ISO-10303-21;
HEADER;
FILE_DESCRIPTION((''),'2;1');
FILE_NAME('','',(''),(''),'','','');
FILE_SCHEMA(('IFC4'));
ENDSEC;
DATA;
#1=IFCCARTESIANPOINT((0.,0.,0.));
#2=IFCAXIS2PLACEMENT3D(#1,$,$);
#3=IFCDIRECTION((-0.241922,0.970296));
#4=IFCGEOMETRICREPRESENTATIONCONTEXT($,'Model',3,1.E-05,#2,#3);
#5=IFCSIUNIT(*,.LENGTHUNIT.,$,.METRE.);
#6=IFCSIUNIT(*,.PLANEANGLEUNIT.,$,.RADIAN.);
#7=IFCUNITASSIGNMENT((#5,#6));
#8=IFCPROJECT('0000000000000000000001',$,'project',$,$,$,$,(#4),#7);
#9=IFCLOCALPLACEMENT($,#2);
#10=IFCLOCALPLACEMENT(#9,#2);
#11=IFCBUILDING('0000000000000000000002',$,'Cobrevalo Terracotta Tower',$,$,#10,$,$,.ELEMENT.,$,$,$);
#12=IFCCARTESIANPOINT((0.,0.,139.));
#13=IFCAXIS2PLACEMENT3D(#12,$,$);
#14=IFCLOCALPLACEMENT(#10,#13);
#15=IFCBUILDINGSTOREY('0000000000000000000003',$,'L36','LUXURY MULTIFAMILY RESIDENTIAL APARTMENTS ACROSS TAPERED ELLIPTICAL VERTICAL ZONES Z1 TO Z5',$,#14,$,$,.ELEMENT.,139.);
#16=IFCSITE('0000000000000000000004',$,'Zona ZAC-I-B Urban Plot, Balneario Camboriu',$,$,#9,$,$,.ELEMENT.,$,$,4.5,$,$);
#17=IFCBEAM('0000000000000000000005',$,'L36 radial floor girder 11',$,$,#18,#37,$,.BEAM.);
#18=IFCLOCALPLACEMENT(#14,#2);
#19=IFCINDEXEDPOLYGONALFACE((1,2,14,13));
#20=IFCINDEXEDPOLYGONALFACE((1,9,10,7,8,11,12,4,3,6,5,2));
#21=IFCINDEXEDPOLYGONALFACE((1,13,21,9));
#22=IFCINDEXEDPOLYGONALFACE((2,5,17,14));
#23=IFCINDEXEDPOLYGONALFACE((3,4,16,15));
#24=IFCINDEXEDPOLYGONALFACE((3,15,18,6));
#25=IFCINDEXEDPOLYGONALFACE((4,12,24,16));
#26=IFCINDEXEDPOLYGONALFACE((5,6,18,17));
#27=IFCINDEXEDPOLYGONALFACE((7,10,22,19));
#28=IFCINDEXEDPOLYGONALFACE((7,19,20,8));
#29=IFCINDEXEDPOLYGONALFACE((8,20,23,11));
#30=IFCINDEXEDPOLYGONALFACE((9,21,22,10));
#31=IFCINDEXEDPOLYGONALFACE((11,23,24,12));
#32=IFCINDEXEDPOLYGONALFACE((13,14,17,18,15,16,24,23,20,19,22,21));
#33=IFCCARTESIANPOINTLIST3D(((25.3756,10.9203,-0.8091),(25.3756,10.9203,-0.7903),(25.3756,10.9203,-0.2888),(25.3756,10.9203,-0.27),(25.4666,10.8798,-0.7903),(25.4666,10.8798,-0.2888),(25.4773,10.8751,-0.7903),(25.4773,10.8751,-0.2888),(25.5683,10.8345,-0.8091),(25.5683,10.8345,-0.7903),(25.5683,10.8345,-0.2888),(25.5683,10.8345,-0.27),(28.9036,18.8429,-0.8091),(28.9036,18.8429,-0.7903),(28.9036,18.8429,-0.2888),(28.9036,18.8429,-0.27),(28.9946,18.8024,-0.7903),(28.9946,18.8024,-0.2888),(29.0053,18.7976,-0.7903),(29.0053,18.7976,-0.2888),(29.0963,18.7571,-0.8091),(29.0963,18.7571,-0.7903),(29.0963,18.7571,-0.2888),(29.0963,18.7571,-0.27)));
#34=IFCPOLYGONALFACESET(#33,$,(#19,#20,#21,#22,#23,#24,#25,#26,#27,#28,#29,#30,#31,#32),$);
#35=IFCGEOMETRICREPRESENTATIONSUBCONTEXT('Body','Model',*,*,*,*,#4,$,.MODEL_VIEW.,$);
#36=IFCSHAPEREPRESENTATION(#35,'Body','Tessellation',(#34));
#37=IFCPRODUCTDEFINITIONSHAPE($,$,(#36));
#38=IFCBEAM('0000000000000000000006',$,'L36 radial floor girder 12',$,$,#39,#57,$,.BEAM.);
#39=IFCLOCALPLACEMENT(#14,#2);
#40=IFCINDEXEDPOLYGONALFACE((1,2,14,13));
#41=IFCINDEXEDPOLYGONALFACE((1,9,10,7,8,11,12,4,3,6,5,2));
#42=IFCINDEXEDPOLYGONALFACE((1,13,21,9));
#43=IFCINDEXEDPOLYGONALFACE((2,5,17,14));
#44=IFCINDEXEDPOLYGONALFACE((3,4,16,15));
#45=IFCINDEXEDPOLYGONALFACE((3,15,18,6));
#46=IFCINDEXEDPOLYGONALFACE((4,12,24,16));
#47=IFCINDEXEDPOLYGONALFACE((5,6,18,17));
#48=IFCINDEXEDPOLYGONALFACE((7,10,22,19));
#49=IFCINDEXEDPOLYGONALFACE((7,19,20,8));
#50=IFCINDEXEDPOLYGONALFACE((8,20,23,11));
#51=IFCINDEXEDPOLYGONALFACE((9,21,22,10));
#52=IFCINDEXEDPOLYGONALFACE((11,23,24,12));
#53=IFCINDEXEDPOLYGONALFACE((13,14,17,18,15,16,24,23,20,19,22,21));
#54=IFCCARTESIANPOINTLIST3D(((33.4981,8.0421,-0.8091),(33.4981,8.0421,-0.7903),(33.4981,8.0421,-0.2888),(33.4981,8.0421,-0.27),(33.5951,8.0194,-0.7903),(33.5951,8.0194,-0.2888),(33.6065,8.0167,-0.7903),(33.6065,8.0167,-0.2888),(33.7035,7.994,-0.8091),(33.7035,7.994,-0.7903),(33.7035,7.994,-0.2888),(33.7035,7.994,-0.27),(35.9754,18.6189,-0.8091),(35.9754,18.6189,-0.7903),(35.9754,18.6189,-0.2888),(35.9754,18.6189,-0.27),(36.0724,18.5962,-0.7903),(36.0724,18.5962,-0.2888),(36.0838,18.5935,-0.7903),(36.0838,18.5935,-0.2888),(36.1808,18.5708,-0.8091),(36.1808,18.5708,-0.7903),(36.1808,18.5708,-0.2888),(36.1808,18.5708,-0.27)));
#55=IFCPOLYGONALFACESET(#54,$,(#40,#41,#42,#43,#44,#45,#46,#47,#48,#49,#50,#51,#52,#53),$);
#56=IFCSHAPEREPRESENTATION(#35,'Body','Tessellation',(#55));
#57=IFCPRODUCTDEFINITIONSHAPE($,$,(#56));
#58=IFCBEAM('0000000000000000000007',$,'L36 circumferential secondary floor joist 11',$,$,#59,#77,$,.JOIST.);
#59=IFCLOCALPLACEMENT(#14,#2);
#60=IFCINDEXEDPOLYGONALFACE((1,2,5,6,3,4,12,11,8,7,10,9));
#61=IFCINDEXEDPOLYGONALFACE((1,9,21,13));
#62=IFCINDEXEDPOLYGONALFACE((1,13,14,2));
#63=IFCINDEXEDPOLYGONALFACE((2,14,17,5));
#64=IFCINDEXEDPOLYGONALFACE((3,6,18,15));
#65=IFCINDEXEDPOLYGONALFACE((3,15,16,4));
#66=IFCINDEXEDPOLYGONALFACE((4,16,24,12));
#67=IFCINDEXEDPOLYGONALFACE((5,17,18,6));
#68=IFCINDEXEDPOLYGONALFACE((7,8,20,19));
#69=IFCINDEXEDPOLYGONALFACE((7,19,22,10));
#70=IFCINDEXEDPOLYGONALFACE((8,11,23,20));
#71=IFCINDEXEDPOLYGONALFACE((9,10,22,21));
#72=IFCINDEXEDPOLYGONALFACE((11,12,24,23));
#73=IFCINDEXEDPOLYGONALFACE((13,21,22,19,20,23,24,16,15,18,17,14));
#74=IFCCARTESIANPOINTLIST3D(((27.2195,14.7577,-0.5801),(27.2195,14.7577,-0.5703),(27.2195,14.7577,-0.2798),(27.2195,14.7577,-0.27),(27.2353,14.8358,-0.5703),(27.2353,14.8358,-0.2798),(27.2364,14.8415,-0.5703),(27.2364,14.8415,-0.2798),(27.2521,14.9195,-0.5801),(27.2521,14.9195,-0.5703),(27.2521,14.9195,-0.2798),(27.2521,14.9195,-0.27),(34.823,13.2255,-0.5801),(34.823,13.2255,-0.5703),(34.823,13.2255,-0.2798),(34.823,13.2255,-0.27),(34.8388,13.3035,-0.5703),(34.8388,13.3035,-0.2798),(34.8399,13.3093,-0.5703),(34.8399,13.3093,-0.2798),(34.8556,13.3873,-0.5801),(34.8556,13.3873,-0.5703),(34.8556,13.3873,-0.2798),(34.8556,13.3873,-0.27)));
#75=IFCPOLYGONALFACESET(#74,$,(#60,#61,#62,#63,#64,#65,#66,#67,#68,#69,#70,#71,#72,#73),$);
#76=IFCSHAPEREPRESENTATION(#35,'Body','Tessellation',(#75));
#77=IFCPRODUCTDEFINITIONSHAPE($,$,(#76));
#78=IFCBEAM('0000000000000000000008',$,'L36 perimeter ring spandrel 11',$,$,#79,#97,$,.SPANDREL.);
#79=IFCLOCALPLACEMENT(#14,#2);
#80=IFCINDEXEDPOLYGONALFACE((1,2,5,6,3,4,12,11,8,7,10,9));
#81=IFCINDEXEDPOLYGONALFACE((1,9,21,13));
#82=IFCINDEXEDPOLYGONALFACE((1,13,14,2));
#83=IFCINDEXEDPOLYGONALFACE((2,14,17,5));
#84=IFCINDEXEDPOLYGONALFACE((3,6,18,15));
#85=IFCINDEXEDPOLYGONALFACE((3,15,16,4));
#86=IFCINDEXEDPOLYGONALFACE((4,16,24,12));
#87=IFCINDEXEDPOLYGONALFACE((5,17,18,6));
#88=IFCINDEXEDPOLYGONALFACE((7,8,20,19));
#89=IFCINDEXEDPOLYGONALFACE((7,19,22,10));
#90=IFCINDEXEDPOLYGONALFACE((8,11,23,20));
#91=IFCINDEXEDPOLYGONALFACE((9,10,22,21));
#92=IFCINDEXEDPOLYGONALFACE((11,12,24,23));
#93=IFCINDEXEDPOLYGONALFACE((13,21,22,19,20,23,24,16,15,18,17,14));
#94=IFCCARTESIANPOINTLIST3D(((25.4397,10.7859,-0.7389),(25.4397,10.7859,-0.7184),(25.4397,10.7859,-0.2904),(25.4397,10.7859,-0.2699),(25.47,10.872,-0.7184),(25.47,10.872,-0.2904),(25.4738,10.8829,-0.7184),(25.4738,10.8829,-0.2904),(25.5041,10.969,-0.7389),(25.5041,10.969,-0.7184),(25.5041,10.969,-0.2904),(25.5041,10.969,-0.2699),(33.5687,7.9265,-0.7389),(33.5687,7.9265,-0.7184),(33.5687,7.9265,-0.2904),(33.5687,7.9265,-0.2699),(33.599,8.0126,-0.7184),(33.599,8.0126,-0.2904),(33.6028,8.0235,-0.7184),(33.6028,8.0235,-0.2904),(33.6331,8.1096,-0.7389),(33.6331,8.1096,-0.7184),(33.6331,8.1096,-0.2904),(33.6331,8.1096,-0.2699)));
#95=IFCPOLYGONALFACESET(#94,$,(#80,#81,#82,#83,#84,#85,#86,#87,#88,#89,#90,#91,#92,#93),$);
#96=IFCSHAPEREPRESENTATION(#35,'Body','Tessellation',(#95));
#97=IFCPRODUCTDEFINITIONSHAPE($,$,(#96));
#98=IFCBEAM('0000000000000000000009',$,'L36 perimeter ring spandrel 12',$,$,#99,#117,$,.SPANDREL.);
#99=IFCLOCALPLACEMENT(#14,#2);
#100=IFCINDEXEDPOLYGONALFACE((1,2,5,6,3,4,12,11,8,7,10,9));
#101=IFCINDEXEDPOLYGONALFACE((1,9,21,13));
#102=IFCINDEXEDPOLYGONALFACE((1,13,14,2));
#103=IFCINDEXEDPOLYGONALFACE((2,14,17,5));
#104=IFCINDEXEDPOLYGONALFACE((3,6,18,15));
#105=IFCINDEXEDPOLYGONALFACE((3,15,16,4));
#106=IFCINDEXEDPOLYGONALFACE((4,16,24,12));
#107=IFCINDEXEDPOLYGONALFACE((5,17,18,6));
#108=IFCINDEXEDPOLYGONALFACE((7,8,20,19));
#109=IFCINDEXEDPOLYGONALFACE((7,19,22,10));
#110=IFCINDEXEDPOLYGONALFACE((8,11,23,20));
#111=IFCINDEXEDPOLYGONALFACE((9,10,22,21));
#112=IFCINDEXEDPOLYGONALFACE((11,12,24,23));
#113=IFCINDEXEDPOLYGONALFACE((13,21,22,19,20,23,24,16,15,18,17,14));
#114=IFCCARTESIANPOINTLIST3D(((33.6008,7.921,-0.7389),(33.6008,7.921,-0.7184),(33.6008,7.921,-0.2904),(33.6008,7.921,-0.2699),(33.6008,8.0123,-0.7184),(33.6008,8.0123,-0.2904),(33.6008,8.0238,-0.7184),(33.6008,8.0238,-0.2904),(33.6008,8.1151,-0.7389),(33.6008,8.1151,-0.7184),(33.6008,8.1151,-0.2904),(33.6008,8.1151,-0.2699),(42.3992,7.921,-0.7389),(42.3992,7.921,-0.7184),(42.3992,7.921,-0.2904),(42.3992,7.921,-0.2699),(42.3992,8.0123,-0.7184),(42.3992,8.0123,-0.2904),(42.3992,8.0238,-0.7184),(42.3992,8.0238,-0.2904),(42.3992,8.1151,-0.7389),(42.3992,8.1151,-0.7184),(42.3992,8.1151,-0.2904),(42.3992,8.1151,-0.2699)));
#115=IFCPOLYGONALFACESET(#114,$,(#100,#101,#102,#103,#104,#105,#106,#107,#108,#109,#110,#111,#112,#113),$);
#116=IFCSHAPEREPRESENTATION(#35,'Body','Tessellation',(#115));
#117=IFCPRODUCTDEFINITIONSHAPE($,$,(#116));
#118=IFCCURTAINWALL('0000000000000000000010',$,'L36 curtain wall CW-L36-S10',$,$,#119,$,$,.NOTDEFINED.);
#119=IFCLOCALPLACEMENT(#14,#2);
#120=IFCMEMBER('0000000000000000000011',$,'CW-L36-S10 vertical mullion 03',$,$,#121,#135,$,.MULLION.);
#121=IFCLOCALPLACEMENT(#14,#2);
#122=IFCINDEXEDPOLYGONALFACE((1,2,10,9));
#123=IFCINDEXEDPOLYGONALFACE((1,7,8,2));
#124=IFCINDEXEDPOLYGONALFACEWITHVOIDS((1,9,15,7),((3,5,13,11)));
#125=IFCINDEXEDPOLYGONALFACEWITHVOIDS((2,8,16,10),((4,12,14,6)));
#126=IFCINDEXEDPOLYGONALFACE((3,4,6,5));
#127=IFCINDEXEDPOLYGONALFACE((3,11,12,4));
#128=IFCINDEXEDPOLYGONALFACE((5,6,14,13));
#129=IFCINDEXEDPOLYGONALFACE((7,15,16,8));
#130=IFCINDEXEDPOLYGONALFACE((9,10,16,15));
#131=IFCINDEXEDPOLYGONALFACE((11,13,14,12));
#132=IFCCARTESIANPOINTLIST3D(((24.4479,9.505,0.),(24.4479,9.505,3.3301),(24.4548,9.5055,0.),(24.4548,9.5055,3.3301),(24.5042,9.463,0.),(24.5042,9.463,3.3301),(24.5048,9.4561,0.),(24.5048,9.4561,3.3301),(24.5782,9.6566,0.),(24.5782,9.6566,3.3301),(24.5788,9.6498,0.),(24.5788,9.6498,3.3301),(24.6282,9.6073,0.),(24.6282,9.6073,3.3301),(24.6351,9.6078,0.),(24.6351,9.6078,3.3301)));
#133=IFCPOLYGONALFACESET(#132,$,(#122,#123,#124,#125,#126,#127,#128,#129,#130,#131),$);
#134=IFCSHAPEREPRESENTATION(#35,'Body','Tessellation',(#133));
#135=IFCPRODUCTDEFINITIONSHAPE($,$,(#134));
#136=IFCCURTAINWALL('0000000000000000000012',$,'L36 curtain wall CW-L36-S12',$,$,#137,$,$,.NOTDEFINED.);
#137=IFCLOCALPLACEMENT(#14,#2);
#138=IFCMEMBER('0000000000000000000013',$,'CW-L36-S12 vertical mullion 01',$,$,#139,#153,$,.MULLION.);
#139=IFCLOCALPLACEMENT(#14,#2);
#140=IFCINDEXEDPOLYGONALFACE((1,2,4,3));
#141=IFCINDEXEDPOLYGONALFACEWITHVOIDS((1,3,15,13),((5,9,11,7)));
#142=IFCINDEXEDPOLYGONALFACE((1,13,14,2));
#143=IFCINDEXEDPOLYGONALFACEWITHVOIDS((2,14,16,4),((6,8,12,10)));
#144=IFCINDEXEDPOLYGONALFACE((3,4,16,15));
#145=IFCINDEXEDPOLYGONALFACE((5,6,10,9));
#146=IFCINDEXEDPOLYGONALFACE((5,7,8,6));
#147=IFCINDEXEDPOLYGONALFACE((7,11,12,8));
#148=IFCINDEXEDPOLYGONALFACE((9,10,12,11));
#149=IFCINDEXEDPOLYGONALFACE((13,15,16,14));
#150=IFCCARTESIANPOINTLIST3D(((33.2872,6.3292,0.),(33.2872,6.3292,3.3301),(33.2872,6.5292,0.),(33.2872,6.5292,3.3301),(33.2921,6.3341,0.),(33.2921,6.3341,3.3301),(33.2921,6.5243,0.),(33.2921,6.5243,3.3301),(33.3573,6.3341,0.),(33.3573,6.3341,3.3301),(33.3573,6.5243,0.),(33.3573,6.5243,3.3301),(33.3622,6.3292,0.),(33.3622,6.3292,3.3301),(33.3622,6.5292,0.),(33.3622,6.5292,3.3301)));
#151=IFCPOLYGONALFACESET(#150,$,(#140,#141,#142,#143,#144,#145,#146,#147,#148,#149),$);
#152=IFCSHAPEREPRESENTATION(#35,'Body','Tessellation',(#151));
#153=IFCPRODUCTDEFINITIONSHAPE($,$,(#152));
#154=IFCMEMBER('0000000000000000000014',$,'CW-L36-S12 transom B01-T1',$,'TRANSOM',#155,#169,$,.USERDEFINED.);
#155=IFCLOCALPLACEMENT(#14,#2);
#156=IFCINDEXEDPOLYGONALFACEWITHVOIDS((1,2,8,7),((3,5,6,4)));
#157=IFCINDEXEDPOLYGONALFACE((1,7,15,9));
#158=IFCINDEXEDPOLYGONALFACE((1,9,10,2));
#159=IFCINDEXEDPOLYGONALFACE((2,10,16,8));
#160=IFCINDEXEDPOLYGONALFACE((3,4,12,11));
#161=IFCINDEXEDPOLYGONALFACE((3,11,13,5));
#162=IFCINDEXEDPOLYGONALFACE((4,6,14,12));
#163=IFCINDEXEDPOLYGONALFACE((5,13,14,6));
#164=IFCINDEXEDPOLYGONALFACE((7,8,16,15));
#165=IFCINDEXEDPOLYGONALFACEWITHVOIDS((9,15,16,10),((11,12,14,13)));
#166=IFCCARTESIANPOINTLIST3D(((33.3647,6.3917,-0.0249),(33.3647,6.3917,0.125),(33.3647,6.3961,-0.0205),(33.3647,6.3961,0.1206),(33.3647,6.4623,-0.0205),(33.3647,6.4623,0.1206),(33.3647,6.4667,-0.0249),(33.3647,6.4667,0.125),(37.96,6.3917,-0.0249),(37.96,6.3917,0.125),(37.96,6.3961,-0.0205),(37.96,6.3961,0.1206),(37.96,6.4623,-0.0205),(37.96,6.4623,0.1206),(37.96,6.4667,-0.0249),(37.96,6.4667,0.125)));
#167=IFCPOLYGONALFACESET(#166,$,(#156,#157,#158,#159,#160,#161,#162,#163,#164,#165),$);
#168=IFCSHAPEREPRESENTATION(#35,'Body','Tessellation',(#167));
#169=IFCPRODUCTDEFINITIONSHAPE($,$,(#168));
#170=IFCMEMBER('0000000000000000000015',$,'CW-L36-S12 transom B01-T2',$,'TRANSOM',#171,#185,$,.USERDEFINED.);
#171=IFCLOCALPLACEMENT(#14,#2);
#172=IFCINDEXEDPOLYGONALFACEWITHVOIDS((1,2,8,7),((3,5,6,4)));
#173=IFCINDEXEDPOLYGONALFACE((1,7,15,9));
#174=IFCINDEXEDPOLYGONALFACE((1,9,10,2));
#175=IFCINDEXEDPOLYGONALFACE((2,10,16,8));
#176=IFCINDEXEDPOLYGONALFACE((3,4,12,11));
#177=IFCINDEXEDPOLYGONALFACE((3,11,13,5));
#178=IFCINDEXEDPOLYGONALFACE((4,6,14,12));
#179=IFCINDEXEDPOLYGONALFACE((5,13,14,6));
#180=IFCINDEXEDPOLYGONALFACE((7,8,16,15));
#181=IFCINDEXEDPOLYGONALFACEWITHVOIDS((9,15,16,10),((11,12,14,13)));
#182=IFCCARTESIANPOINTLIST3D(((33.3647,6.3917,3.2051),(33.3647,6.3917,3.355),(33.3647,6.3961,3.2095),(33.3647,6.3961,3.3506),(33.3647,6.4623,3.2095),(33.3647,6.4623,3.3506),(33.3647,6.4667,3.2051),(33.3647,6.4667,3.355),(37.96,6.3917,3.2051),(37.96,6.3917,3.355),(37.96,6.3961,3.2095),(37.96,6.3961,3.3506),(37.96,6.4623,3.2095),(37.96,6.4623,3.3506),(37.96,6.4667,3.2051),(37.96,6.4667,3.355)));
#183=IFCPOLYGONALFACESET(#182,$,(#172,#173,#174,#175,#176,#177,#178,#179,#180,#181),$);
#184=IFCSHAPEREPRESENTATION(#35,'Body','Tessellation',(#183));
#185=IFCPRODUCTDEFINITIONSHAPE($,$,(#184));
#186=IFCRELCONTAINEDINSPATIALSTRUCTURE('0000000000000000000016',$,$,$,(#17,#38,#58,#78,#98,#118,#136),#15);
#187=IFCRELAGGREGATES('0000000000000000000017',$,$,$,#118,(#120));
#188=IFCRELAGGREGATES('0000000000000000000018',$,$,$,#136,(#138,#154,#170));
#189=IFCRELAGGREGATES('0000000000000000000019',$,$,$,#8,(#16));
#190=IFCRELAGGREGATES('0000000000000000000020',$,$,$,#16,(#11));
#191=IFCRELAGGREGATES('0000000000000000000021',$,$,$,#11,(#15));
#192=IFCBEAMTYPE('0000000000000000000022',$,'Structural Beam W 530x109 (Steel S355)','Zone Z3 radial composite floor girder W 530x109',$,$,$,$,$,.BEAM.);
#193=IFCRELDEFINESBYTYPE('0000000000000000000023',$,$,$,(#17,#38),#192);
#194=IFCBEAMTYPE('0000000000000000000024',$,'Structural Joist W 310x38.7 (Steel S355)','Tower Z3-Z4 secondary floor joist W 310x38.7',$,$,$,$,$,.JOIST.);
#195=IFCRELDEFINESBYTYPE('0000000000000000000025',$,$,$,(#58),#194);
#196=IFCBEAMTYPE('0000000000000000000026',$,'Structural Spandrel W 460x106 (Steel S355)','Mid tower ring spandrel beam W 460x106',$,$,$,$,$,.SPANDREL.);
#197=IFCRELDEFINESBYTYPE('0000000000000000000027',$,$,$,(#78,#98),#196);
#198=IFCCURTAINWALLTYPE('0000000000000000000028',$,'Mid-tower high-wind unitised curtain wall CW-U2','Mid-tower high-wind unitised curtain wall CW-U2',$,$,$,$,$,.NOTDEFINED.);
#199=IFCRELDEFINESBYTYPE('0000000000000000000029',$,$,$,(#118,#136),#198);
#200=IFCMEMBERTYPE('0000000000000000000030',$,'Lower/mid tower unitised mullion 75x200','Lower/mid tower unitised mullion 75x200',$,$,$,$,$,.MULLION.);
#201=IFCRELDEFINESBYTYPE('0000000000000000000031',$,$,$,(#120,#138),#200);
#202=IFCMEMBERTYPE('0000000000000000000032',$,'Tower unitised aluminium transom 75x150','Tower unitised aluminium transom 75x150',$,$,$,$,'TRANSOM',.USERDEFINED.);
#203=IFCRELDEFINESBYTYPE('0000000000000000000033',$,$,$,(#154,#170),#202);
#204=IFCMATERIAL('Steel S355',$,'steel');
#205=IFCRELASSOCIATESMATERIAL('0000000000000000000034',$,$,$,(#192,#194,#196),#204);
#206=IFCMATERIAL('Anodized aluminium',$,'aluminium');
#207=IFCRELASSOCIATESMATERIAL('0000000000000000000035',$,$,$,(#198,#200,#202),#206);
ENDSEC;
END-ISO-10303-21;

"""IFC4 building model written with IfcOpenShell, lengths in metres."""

from ifc_helpers import new_model, si_unit, direction, frame, origin, origin_2d, place, context, subcontext, project, spatial, hollow_rectangle, i_section, extrude, source, transform, mapped, material, material_profile, profile_set, type_object, element, aggregate, save


model = new_model("IFC4")

# Units and contexts
model_context = context("Model", 3, precision=1e-05, world=origin(), true_north=direction((-0.241922, 0.970296)))
body_context = subcontext(model_context, "Body", "Model", "MODEL_VIEW")
ifc_project = project(units=[si_unit("LENGTHUNIT", "METRE"), si_unit("PLANEANGLEUNIT", "RADIAN")], contexts=[model_context])

# Site, building, storey
site_placement = place(None, origin())
site = spatial("IfcSite", under=ifc_project, at=site_placement, Name="Zona ZAC-I-B Urban Plot, Balneario Camboriu", CompositionType="ELEMENT", RefElevation=4.5)
building_placement = place(site_placement, origin())
building = spatial("IfcBuilding", under=site, at=building_placement, Name="Cobrevalo Terracotta Tower", CompositionType="ELEMENT")
storey_placement = place(building_placement, frame((0.0, 0.0, 139.0)))
storey = spatial("IfcBuildingStorey", under=building, at=storey_placement, Name="L36", Description="LUXURY MULTIFAMILY RESIDENTIAL APARTMENTS ACROSS TAPERED ELLIPTICAL VERTICAL ZONES Z1 TO Z5", CompositionType="ELEMENT", Elevation=139.0)

# Shared definitions
ifc_material_1 = material(Name="Steel S355", Category="steel")

# Beams
ifc_material_profile_1 = material_profile(ifc_material_1, i_section(OverallWidth=0.2109, OverallDepth=0.5391, WebThickness=0.0117, FlangeThickness=0.0188, at=origin_2d()), Name="W 530x109")
ifc_profile_set_1 = profile_set([ifc_material_profile_1], Name="Steel S355")
beam_type_1 = type_object("IfcBeamType", Name="Structural Beam W 530x109 (Steel S355)", Description="Zone Z3 radial composite floor girder W 530x109", PredefinedType="BEAM", material=ifc_profile_set_1)
beam_1_placement = place(storey_placement, frame((25.4719, 10.8774, -0.5396), z_axis=(0.406804, 0.913515, 0.0), x_axis=(-0.913515, 0.406804, 0.0)))
element("IfcBeam", 1, at=beam_1_placement, inside=storey, type_object=beam_type_1, Name="L36 radial floor girder 11", PredefinedType="BEAM", context=body_context, shape_type="SweptSolid", body=[
    extrude(i_section(OverallWidth=0.2109, OverallDepth=0.5391, WebThickness=0.0117, FlangeThickness=0.0188, at=origin_2d()), origin(), (0.0, 0.0, 1.0), 8.6726),
])
beam_2_placement = place(storey_placement, frame((33.6008, 8.0181, -0.5396), z_axis=(0.228046, 0.97365, 0.0), x_axis=(-0.97365, 0.228046, 0.0)))
element("IfcBeam", 2, at=beam_2_placement, inside=storey, type_object=beam_type_1, Name="L36 radial floor girder 12", PredefinedType="BEAM", context=body_context, shape_type="SweptSolid", body=[
    extrude(i_section(OverallWidth=0.2109, OverallDepth=0.5391, WebThickness=0.0117, FlangeThickness=0.0188, at=origin_2d()), origin(), (0.0, 0.0, 1.0), 10.863),
])
ifc_material_profile_2 = material_profile(ifc_material_1, i_section(OverallWidth=0.165, OverallDepth=0.3101, WebThickness=0.0059, FlangeThickness=0.0098, at=origin_2d()), Name="W 310x38.7")
ifc_profile_set_2 = profile_set([ifc_material_profile_2], Name="Steel S355")
beam_type_2 = type_object("IfcBeamType", Name="Structural Joist W 310x38.7 (Steel S355)", Description="Tower Z3-Z4 secondary floor joist W 310x38.7", PredefinedType="JOIST", material=ifc_profile_set_2)
beam_3_placement = place(storey_placement, frame((27.2358, 14.8386, -0.425), z_axis=(0.980294, -0.197544, 0.0), x_axis=(0.197544, 0.980294, 0.0)))
element("IfcBeam", 3, at=beam_3_placement, inside=storey, type_object=beam_type_2, Name="L36 circumferential secondary floor joist 11", PredefinedType="JOIST", context=body_context, shape_type="SweptSolid", body=[
    extrude(i_section(OverallWidth=0.165, OverallDepth=0.3101, WebThickness=0.0059, FlangeThickness=0.0098, at=origin_2d()), origin(), (0.0, 0.0, 1.0), 7.7563),
])
ifc_material_profile_3 = material_profile(ifc_material_1, i_section(OverallWidth=0.1941, OverallDepth=0.469, WebThickness=0.0115, FlangeThickness=0.0205, at=origin_2d()), Name="W 460x106")
ifc_profile_set_3 = profile_set([ifc_material_profile_3], Name="Steel S355")
beam_type_3 = type_object("IfcBeamType", Name="Structural Spandrel W 460x106 (Steel S355)", Description="Mid tower ring spandrel beam W 460x106", PredefinedType="SPANDREL", material=ifc_profile_set_3)
beam_4_placement = place(storey_placement, frame((25.4719, 10.8774, -0.5044), z_axis=(0.943341, -0.331824, 0.0), x_axis=(0.331824, 0.943341, 0.0)))
element("IfcBeam", 4, at=beam_4_placement, inside=storey, type_object=beam_type_3, Name="L36 perimeter ring spandrel 11", PredefinedType="SPANDREL", context=body_context, shape_type="SweptSolid", body=[
    extrude(i_section(OverallWidth=0.1941, OverallDepth=0.469, WebThickness=0.0115, FlangeThickness=0.0205, at=origin_2d()), origin(), (0.0, 0.0, 1.0), 8.6172),
])
beam_5_placement = place(storey_placement, frame((33.6008, 8.0181, -0.5044), z_axis=(1.0, 0.0, 0.0), x_axis=(0.0, 1.0, 0.0)))
element("IfcBeam", 5, at=beam_5_placement, inside=storey, type_object=beam_type_3, Name="L36 perimeter ring spandrel 12", PredefinedType="SPANDREL", context=body_context, shape_type="SweptSolid", body=[
    extrude(i_section(OverallWidth=0.1941, OverallDepth=0.469, WebThickness=0.0115, FlangeThickness=0.0205, at=origin_2d()), origin(), (0.0, 0.0, 1.0), 8.7983),
])

# Curtain wall, member
ifc_material_2 = material(Name="Anodized aluminium", Category="aluminium")
curtain_wall_type = type_object("IfcCurtainWallType", Name="Mid-tower high-wind unitised curtain wall CW-U2", Description="Mid-tower high-wind unitised curtain wall CW-U2", PredefinedType="NOTDEFINED", material=ifc_material_2)
curtain_wall_1_placement = place(storey_placement, origin())
curtain_wall_1 = element("IfcCurtainWall", 6, at=curtain_wall_1_placement, inside=storey, type_object=curtain_wall_type, Name="L36 curtain wall CW-L36-S10", PredefinedType="NOTDEFINED")
ifc_material_profile_4 = material_profile(ifc_material_2, hollow_rectangle(XDim=0.075, YDim=0.2, WallThickness=0.0049, at=origin_2d()), Name="CWM 75x200")
ifc_profile_set_4 = profile_set([ifc_material_profile_4], Name="Anodized aluminium")
member_type_1 = type_object("IfcMemberType", Name="Lower/mid tower unitised mullion 75x200", Description="Lower/mid tower unitised mullion 75x200", PredefinedType="MULLION", material=ifc_profile_set_4)
shared_shape_1 = source(origin(), body_context, "Body", "SweptSolid", [
    extrude(hollow_rectangle(XDim=0.075, YDim=0.2, WallThickness=0.0049, at=origin_2d()), origin(), (0.0, 0.0, 1.0), 3.3301),
])
member_1_placement = place(storey_placement, frame((24.5415, 9.5564, 0.0), z_axis=(0.0, 0.0, 1.0), x_axis=(0.758442, -0.651741, 0.0)))
member_1 = element("IfcMember", 7, at=member_1_placement, type_object=member_type_1, Name="CW-L36-S10 vertical mullion 03", PredefinedType="MULLION", context=body_context, shape_type="MappedRepresentation", body=[
    mapped(shared_shape_1, transform((0.0, 0.0, 0.0), scale=1.0)),
])
aggregate(curtain_wall_1, [member_1])

# Curtain wall, members
curtain_wall_2_placement = place(storey_placement, origin())
curtain_wall_2 = element("IfcCurtainWall", 8, at=curtain_wall_2_placement, inside=storey, type_object=curtain_wall_type, Name="L36 curtain wall CW-L36-S12", PredefinedType="NOTDEFINED")
member_2_placement = place(storey_placement, frame((33.3247, 6.4292, 0.0), z_axis=(0.0, 0.0, 1.0), x_axis=(1.0, 0.0, 0.0)))
member_2 = element("IfcMember", 9, at=member_2_placement, type_object=member_type_1, Name="CW-L36-S12 vertical mullion 01", PredefinedType="MULLION", context=body_context, shape_type="MappedRepresentation", body=[
    mapped(shared_shape_1, transform((0.0, 0.0, 0.0), scale=1.0)),
])
ifc_material_profile_5 = material_profile(ifc_material_2, hollow_rectangle(XDim=0.075, YDim=0.1499, WallThickness=0.0044, at=origin_2d()), Name="CWT 75x150")
ifc_profile_set_5 = profile_set([ifc_material_profile_5], Name="Anodized aluminium")
member_type_2 = type_object("IfcMemberType", Name="Tower unitised aluminium transom 75x150", Description="Tower unitised aluminium transom 75x150", ElementType="TRANSOM", PredefinedType="USERDEFINED", material=ifc_profile_set_5)
shared_shape_2 = source(origin(), body_context, "Body", "SweptSolid", [
    extrude(hollow_rectangle(XDim=0.075, YDim=0.1499, WallThickness=0.0044, at=origin_2d()), origin(), (0.0, 0.0, 1.0), 4.5952),
])
member_3_placement = place(storey_placement, frame((33.3647, 6.4292, 0.05), z_axis=(1.0, 0.0, 0.0), x_axis=(0.0, 1.0, 0.0)))
member_3 = element("IfcMember", 10, at=member_3_placement, type_object=member_type_2, Name="CW-L36-S12 transom B01-T1", ObjectType="TRANSOM", PredefinedType="USERDEFINED", context=body_context, shape_type="MappedRepresentation", body=[
    mapped(shared_shape_2, transform((0.0, 0.0, 0.0), scale=1.0)),
])
member_4_placement = place(storey_placement, frame((33.3647, 6.4292, 3.28), z_axis=(1.0, 0.0, 0.0), x_axis=(0.0, 1.0, 0.0)))
member_4 = element("IfcMember", 11, at=member_4_placement, type_object=member_type_2, Name="CW-L36-S12 transom B01-T2", ObjectType="TRANSOM", PredefinedType="USERDEFINED", context=body_context, shape_type="MappedRepresentation", body=[
    mapped(shared_shape_2, transform((0.0, 0.0, 0.0), scale=1.0)),
])
aggregate(curtain_wall_2, [member_2, member_3, member_4])

save(model, "model.ifc")
